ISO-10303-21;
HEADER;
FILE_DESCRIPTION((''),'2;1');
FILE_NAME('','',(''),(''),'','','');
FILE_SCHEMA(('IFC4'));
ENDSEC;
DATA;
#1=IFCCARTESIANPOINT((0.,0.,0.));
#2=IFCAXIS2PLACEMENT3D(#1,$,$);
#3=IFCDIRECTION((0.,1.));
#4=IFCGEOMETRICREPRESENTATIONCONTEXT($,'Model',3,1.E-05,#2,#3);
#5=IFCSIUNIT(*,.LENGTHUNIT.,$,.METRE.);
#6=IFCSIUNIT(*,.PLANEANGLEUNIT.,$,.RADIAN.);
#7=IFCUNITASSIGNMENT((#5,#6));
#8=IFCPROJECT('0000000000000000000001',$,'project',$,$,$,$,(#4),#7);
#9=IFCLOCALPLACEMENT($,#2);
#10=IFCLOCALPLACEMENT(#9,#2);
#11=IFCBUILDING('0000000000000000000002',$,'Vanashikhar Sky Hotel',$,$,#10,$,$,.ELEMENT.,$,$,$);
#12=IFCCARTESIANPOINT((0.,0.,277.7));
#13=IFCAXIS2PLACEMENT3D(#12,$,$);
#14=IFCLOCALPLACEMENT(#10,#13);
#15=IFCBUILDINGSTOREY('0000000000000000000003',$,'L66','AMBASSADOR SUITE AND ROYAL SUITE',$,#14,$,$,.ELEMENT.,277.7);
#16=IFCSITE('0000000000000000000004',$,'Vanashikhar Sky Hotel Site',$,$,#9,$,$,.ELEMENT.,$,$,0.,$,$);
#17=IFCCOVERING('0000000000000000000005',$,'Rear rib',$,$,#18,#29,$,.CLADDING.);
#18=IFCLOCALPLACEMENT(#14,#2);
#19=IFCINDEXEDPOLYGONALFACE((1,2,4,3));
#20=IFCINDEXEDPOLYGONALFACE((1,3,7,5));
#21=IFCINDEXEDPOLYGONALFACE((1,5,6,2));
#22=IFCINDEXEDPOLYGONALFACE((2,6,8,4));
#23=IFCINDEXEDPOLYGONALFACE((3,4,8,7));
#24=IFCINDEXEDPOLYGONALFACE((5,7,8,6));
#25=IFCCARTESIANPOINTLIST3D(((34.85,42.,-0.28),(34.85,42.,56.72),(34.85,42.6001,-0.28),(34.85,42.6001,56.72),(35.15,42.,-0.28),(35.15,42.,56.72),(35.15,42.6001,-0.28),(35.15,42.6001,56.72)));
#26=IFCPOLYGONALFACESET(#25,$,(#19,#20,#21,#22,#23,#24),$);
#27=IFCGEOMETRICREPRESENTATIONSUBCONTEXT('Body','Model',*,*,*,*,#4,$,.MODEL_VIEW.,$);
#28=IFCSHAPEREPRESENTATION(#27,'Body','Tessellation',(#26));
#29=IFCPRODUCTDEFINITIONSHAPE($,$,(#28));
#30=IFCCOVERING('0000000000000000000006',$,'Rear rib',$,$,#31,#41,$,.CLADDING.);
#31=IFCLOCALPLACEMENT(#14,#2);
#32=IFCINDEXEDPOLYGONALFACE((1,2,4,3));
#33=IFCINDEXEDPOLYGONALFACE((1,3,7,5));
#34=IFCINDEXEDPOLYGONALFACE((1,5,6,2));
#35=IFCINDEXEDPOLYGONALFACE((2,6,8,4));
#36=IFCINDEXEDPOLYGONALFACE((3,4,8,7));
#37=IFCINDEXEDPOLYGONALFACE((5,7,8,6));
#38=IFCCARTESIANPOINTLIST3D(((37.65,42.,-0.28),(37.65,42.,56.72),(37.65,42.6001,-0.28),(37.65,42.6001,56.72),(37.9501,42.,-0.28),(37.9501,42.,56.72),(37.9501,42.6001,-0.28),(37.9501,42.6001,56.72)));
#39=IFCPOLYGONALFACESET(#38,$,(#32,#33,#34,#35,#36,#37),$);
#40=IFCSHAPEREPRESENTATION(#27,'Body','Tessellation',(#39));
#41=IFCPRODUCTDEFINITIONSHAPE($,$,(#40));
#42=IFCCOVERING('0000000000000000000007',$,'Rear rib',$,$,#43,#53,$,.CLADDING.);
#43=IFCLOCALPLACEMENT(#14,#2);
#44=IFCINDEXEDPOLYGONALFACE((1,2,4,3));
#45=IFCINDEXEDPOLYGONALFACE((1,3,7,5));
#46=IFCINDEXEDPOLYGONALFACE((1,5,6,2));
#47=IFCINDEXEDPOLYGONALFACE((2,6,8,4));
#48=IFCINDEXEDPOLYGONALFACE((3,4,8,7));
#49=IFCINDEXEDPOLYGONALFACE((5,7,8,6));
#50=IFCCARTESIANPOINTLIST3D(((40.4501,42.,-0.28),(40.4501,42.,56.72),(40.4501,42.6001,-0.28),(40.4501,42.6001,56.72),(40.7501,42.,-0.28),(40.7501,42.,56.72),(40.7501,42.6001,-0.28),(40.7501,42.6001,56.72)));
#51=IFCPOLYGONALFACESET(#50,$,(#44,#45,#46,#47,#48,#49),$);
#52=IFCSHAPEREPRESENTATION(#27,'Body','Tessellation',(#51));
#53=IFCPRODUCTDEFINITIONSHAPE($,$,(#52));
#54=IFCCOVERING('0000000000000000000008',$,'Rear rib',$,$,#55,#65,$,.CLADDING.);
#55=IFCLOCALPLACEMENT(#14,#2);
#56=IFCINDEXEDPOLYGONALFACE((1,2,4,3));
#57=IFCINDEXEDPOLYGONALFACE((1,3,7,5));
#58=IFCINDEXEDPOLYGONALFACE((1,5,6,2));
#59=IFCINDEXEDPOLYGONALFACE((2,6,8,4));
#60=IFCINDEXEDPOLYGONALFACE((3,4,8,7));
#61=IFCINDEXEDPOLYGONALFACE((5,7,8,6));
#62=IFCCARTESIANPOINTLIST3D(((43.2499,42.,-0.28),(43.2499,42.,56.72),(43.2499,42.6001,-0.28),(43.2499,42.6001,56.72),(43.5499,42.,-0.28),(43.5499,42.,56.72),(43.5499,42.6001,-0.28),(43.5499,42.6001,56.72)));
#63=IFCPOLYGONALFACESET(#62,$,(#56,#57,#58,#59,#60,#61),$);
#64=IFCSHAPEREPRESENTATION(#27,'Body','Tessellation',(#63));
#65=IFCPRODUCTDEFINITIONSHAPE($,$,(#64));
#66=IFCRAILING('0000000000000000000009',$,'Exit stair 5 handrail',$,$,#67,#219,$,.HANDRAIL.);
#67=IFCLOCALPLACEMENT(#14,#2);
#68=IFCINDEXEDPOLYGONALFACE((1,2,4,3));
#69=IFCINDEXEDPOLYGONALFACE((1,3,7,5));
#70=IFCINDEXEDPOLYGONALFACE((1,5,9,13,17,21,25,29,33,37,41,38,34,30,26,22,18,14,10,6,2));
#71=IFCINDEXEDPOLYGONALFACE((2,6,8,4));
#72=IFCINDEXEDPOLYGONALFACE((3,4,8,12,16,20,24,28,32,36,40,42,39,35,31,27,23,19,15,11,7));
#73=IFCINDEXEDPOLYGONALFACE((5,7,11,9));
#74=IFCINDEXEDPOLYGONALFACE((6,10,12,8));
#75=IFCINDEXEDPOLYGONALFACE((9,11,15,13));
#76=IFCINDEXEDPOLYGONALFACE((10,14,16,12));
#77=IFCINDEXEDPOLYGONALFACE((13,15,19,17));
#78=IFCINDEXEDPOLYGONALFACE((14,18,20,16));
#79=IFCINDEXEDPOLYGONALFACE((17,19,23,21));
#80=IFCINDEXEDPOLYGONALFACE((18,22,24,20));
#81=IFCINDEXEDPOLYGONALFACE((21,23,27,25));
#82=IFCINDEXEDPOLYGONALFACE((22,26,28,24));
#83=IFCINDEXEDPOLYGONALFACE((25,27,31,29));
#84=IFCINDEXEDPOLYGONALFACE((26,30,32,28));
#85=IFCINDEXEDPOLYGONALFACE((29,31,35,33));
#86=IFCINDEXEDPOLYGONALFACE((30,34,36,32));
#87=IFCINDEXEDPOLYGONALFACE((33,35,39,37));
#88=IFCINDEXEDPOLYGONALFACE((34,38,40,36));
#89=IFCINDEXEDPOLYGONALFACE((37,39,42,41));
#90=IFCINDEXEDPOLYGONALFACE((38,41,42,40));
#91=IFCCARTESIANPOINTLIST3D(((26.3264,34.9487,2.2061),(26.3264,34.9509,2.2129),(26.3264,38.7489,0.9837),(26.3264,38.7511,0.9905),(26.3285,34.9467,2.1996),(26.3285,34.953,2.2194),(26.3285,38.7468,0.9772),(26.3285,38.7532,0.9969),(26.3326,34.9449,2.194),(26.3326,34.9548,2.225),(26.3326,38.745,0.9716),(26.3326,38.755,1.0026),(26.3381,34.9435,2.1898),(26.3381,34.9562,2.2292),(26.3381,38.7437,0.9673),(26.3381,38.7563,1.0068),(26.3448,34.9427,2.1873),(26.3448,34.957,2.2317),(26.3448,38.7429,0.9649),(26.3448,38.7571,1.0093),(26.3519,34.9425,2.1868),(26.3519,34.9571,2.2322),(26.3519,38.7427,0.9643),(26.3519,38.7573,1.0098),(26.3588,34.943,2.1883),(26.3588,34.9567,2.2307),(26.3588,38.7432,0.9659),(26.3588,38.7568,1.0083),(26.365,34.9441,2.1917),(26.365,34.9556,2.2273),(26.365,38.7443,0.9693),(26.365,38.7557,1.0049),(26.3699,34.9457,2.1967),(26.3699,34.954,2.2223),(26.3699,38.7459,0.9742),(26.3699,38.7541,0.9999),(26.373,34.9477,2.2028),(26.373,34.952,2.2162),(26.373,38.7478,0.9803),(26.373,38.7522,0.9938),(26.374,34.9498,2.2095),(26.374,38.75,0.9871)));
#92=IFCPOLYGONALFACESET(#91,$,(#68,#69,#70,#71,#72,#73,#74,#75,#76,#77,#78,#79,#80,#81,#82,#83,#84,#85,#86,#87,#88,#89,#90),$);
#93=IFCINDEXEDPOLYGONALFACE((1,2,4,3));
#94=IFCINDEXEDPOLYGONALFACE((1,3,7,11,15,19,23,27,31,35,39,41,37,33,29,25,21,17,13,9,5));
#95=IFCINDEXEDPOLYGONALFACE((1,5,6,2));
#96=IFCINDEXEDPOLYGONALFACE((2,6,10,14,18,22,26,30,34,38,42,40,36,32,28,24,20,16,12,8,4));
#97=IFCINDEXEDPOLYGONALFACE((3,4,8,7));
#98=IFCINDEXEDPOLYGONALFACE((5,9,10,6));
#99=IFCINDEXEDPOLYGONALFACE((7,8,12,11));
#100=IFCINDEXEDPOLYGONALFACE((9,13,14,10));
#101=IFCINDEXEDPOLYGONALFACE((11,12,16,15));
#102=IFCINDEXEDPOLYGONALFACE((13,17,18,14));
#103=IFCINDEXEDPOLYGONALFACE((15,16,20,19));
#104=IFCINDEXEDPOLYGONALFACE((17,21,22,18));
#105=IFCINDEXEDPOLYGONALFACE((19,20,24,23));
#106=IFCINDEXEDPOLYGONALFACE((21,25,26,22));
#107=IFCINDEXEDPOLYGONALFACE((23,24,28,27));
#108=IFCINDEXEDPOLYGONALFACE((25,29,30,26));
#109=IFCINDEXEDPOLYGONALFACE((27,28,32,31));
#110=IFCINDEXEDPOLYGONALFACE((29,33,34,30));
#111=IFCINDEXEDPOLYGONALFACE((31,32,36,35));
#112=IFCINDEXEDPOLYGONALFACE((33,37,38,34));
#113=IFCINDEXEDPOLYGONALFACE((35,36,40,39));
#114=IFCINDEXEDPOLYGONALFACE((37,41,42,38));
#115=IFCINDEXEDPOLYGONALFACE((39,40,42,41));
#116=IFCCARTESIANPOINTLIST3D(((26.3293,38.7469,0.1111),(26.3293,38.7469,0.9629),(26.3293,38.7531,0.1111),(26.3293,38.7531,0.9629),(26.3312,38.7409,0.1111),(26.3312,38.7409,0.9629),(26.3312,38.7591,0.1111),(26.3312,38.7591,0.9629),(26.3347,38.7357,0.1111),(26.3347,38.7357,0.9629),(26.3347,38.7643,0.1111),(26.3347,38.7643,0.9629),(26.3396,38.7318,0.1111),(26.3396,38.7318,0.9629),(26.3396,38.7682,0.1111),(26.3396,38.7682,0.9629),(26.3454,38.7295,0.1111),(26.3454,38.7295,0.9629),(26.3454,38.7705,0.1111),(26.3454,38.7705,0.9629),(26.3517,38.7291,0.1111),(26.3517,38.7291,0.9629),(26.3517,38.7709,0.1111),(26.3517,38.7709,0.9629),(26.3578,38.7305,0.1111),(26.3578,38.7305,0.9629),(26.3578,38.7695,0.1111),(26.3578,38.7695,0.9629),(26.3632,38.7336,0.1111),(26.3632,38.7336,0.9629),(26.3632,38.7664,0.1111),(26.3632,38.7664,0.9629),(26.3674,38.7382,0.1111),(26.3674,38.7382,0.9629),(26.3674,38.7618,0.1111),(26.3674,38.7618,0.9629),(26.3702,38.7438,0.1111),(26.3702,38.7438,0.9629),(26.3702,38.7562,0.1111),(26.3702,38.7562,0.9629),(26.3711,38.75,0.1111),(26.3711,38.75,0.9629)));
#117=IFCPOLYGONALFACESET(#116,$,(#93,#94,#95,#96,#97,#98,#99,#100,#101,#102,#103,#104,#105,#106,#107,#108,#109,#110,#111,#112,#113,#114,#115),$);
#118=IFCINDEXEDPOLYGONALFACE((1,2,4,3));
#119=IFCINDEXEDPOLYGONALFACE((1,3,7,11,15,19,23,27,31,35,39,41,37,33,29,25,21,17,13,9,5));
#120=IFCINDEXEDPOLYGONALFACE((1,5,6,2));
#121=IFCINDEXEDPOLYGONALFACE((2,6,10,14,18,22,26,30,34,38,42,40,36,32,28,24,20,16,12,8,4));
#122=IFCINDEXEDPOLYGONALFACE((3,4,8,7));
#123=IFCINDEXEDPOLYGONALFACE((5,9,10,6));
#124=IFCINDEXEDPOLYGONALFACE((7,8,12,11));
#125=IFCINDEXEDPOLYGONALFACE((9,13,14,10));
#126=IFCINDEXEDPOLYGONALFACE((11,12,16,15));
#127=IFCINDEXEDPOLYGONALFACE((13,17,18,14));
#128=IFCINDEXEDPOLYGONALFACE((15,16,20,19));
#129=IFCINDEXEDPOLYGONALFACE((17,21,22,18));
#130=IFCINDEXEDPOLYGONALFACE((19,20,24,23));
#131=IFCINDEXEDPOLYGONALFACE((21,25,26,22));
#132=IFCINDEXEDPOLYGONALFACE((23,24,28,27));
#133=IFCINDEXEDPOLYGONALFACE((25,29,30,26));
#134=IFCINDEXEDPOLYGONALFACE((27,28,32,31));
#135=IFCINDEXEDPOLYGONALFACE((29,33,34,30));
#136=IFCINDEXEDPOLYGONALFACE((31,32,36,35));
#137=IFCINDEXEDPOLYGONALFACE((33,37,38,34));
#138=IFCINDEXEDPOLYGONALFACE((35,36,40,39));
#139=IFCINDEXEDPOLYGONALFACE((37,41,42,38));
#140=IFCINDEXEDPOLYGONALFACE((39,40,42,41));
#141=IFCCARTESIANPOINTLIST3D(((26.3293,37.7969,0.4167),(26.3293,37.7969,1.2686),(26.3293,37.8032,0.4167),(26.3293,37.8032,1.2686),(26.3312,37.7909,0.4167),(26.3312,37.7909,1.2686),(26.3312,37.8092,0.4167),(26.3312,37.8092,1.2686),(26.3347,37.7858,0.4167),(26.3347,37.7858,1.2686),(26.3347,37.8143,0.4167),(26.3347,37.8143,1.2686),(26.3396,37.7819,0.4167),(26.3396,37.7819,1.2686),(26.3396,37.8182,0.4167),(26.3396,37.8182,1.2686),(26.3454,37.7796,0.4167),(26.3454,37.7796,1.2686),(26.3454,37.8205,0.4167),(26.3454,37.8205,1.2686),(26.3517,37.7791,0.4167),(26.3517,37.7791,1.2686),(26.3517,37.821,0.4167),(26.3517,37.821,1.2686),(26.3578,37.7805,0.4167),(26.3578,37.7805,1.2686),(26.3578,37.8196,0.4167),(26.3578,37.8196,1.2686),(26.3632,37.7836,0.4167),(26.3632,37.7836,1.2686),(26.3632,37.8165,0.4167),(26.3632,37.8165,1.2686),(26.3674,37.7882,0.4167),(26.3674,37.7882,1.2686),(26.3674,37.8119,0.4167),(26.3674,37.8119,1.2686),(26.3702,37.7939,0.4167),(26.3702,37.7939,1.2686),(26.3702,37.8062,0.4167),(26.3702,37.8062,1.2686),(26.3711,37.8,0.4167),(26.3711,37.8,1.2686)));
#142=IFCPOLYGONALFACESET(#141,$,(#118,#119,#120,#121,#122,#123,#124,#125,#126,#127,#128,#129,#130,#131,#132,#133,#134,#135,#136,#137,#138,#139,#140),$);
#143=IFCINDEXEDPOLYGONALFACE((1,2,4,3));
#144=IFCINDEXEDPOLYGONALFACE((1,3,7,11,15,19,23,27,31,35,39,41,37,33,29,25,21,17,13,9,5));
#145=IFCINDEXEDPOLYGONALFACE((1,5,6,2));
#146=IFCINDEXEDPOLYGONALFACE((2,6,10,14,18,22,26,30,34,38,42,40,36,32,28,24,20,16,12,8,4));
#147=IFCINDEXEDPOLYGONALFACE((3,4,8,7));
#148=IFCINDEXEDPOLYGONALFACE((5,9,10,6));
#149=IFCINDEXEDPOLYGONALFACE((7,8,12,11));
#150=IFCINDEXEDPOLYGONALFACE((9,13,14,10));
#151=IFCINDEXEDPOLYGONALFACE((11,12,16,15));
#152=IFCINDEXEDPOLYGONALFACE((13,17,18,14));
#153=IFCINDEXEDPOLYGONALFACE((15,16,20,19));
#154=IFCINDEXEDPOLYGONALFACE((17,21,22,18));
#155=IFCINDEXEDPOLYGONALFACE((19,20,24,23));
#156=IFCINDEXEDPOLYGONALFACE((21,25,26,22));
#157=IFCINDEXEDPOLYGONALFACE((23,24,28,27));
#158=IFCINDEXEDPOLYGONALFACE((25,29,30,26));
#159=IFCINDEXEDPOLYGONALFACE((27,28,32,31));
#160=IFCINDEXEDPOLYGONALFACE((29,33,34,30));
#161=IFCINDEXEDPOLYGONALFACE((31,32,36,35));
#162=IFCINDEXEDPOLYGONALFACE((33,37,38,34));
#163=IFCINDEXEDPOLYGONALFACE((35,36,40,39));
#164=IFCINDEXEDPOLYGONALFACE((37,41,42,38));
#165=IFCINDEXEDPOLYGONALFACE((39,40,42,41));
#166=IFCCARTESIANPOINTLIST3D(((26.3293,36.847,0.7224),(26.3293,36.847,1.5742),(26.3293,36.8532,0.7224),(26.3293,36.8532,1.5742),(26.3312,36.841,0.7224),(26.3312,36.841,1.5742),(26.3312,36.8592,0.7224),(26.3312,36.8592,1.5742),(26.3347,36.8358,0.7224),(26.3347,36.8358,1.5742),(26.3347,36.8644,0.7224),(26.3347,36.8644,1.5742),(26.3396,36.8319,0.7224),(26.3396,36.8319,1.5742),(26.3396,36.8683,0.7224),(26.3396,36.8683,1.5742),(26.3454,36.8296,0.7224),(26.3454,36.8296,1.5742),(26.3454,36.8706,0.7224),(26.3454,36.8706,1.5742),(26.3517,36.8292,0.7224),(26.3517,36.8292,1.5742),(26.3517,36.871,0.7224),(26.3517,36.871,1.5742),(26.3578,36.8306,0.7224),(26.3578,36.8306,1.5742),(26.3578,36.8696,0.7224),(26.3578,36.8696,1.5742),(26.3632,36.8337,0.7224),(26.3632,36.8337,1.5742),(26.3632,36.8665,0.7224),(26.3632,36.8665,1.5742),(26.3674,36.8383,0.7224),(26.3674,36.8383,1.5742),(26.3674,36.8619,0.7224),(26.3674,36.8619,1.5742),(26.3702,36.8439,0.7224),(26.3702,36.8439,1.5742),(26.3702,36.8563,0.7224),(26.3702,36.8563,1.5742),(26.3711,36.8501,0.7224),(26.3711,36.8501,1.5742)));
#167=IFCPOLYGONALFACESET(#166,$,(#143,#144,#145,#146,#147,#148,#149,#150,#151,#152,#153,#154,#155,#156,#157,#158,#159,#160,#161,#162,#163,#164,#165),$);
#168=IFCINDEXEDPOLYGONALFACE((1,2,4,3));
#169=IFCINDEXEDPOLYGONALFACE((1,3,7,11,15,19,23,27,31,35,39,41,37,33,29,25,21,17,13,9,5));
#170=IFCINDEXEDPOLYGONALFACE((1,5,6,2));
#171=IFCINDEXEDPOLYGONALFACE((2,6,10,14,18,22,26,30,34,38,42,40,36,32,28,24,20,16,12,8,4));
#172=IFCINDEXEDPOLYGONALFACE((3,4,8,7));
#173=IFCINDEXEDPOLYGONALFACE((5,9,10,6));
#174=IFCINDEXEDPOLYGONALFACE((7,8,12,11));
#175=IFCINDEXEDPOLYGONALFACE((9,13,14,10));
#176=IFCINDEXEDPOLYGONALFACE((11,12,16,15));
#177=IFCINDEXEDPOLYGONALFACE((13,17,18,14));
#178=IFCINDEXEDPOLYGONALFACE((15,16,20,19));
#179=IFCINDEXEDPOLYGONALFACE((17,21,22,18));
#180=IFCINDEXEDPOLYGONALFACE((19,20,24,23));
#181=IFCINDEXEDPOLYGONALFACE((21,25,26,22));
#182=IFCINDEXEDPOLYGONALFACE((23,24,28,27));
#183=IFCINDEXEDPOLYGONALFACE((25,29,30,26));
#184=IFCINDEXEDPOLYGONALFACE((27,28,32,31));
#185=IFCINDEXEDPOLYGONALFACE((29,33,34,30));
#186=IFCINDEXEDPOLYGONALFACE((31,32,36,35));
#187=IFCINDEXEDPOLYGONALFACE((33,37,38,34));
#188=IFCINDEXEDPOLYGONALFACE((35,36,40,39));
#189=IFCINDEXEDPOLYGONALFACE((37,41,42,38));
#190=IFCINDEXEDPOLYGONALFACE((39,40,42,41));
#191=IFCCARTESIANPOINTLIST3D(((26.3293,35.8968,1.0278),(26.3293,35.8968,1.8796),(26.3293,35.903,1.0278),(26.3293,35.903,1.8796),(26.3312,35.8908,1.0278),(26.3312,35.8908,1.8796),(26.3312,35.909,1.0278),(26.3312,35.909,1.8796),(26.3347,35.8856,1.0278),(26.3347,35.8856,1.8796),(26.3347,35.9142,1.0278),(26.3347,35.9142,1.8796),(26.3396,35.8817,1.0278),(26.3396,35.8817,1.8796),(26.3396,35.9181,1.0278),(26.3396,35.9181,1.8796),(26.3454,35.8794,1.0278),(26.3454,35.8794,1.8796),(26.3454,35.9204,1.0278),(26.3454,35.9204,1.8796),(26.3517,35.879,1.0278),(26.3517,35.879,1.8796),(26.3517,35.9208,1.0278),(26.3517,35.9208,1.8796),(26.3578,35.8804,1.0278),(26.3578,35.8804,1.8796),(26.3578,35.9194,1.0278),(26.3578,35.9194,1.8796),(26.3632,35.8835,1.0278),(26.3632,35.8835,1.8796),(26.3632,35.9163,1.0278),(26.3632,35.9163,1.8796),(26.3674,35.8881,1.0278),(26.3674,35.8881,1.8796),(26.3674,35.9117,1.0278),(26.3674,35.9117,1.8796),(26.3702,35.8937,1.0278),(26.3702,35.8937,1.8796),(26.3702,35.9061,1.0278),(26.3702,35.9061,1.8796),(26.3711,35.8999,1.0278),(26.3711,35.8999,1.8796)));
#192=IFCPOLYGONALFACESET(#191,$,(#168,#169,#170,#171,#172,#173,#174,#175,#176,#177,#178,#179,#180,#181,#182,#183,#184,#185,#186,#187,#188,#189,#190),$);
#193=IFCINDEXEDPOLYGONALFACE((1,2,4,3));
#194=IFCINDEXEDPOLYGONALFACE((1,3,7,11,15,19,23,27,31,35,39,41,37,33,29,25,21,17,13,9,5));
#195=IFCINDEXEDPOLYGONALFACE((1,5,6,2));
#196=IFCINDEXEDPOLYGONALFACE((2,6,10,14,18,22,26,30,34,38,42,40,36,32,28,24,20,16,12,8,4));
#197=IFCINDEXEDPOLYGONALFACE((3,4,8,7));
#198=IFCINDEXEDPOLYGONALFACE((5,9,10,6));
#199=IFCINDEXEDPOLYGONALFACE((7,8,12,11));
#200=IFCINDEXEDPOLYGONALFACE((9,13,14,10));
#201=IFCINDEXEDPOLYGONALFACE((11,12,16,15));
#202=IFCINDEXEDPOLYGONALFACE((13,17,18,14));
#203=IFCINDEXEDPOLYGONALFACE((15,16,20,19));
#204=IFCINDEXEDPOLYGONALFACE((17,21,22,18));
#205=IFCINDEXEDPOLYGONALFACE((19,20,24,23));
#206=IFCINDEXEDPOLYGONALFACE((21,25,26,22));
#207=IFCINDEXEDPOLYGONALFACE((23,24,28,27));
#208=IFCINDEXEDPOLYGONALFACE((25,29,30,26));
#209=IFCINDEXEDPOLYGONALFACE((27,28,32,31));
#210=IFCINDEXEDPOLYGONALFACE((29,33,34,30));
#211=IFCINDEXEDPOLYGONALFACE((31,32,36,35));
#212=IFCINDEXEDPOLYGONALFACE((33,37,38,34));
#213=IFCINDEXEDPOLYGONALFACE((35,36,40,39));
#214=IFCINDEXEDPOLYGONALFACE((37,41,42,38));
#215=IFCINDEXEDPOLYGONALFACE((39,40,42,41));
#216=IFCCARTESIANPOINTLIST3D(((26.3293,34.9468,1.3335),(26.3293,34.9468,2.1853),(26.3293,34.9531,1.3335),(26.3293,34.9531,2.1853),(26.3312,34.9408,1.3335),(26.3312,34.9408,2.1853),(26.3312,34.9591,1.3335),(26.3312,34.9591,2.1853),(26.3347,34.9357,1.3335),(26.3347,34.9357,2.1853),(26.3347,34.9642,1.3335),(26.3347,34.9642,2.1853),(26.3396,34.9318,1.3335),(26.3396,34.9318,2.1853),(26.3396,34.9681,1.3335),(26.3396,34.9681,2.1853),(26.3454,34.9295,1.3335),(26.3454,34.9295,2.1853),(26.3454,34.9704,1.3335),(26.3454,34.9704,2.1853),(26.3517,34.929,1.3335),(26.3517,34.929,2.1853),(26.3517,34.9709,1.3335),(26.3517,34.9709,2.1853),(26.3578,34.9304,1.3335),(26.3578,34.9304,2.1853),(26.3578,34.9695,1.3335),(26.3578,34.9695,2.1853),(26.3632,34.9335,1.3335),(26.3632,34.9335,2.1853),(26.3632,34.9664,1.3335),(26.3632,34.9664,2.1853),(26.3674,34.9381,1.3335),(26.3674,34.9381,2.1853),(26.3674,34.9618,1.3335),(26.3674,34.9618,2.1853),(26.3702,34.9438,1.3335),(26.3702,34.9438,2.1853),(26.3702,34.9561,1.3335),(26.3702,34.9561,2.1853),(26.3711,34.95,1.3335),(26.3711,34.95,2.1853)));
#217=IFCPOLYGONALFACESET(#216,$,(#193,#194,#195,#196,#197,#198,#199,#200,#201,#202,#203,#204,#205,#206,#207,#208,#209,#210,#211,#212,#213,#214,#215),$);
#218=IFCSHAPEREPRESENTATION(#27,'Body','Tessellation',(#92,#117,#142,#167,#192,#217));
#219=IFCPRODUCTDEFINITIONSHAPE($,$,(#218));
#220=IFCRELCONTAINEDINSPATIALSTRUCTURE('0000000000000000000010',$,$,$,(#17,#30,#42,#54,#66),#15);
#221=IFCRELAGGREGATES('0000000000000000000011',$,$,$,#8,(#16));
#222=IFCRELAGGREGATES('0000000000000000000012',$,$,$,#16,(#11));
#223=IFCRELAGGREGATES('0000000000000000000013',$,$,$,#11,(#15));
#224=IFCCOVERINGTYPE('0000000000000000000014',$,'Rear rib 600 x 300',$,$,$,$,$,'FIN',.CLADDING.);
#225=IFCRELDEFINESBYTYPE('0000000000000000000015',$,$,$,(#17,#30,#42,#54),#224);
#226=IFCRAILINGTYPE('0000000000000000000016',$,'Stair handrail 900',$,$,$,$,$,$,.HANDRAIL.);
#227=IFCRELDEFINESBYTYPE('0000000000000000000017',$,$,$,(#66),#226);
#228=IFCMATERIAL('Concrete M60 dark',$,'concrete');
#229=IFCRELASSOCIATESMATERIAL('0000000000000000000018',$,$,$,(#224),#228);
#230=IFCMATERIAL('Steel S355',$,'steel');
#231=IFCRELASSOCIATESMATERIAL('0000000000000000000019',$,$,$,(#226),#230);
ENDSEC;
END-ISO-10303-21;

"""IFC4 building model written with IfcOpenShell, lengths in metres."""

from ifc_helpers import new_model, si_unit, direction, frame, origin, origin_2d, place, context, subcontext, project, spatial, rectangle, circle, extrude, source, transform, mapped, material, material_profile, profile_set, type_object, element, save


model = new_model("IFC4")

# Units and contexts
model_context = context("Model", 3, precision=1e-05, world=origin(), true_north=direction((0.0, 1.0)))
body_context = subcontext(model_context, "Body", "Model", "MODEL_VIEW")
ifc_project = project(units=[si_unit("LENGTHUNIT", "METRE"), si_unit("PLANEANGLEUNIT", "RADIAN")], contexts=[model_context])

# Site, building, storey
site_placement = place(None, origin())
site = spatial("IfcSite", under=ifc_project, at=site_placement, Name="Vanashikhar Sky Hotel Site", CompositionType="ELEMENT", RefElevation=0.0)
building_placement = place(site_placement, origin())
building = spatial("IfcBuilding", under=site, at=building_placement, Name="Vanashikhar Sky Hotel", CompositionType="ELEMENT")
storey_placement = place(building_placement, frame((0.0, 0.0, 277.7)))
storey = spatial("IfcBuildingStorey", under=building, at=storey_placement, Name="L66", Description="AMBASSADOR SUITE AND ROYAL SUITE", CompositionType="ELEMENT", Elevation=277.7)

# Coverings
ifc_material_1 = material(Name="Concrete M60 dark", Category="concrete")
ifc_material_profile = material_profile(ifc_material_1, rectangle(XDim=0.6001, YDim=0.3, at=origin_2d()))
ifc_profile_set = profile_set([ifc_material_profile], Name="Rear rib 600 x 300")
covering_type = type_object("IfcCoveringType", Name="Rear rib 600 x 300", ElementType="FIN", PredefinedType="CLADDING", material=ifc_profile_set)
shared_shape_1 = source(origin(), body_context, "Body", "SweptSolid", [
    extrude(rectangle(XDim=0.6001, YDim=0.3, at=origin_2d()), origin(), (0.0, 0.0, 1.0), 57.0),
])
for number, where, z_axis, x_axis, name in (
    (1, (35.0, 42.3, -0.28), (0.0, 0.0, 1.0), (0.0, 1.0, 0.0), "Rear rib"),
    (2, (37.8, 42.3, -0.28), (0.0, 0.0, 1.0), (0.0, 1.0, 0.0), "Rear rib"),
    (3, (40.6001, 42.3, -0.28), (0.0, 0.0, 1.0), (0.0, 1.0, 0.0), "Rear rib"),
    (4, (43.3999, 42.3, -0.28), (0.0, 0.0, 1.0), (0.0, 1.0, 0.0), "Rear rib"),
):
    element("IfcCovering", number, at=place(storey_placement, frame(where, z_axis=z_axis, x_axis=x_axis)), inside=storey, type_object=covering_type, Name=name, PredefinedType="CLADDING", context=body_context, shape_type="MappedRepresentation", body=[
        mapped(shared_shape_1, transform((0.0, 0.0, 0.0), scale=1.0)),
    ])

# Railing
ifc_material_2 = material(Name="Steel S355", Category="steel")
railing_type_1 = type_object("IfcRailingType", Name="Stair handrail 900", PredefinedType="HANDRAIL", material=ifc_material_2)
shared_shape_2 = source(origin(), body_context, "Body", "SweptSolid", [
    extrude(circle(Radius=0.0239, at=origin_2d()), frame((0.0, 0.0, 0.876), z_axis=(0.0, -0.951958, 0.306229), x_axis=(1.0, 0.0, 0.0)), (0.0, 0.0, 1.0), 3.9919),
    extrude(circle(Radius=0.021, at=origin_2d()), origin(), (0.0, 0.0, 1.0), 0.8518),
    extrude(circle(Radius=0.021, at=origin_2d()), frame((0.0, -0.95, 0.3057)), (0.0, 0.0, 1.0), 0.8518),
    extrude(circle(Radius=0.021, at=origin_2d()), frame((0.0, -1.8999, 0.6113)), (0.0, 0.0, 1.0), 0.8518),
    extrude(circle(Radius=0.021, at=origin_2d()), frame((0.0, -2.8501, 0.9167)), (0.0, 0.0, 1.0), 0.8518),
    extrude(circle(Radius=0.021, at=origin_2d()), frame((0.0, -3.8, 1.2224)), (0.0, 0.0, 1.0), 0.8518),
])
railing_1_placement = place(storey_placement, frame((26.3501, 38.75, 0.1111)))
element("IfcRailing", 5, at=railing_1_placement, inside=storey, type_object=railing_type_1, Name="Exit stair 5 handrail", PredefinedType="HANDRAIL", context=body_context, shape_type="MappedRepresentation", body=[
    mapped(shared_shape_2, transform((0.0, 0.0, 0.0), scale=1.0)),
])

save(model, "model.ifc")
